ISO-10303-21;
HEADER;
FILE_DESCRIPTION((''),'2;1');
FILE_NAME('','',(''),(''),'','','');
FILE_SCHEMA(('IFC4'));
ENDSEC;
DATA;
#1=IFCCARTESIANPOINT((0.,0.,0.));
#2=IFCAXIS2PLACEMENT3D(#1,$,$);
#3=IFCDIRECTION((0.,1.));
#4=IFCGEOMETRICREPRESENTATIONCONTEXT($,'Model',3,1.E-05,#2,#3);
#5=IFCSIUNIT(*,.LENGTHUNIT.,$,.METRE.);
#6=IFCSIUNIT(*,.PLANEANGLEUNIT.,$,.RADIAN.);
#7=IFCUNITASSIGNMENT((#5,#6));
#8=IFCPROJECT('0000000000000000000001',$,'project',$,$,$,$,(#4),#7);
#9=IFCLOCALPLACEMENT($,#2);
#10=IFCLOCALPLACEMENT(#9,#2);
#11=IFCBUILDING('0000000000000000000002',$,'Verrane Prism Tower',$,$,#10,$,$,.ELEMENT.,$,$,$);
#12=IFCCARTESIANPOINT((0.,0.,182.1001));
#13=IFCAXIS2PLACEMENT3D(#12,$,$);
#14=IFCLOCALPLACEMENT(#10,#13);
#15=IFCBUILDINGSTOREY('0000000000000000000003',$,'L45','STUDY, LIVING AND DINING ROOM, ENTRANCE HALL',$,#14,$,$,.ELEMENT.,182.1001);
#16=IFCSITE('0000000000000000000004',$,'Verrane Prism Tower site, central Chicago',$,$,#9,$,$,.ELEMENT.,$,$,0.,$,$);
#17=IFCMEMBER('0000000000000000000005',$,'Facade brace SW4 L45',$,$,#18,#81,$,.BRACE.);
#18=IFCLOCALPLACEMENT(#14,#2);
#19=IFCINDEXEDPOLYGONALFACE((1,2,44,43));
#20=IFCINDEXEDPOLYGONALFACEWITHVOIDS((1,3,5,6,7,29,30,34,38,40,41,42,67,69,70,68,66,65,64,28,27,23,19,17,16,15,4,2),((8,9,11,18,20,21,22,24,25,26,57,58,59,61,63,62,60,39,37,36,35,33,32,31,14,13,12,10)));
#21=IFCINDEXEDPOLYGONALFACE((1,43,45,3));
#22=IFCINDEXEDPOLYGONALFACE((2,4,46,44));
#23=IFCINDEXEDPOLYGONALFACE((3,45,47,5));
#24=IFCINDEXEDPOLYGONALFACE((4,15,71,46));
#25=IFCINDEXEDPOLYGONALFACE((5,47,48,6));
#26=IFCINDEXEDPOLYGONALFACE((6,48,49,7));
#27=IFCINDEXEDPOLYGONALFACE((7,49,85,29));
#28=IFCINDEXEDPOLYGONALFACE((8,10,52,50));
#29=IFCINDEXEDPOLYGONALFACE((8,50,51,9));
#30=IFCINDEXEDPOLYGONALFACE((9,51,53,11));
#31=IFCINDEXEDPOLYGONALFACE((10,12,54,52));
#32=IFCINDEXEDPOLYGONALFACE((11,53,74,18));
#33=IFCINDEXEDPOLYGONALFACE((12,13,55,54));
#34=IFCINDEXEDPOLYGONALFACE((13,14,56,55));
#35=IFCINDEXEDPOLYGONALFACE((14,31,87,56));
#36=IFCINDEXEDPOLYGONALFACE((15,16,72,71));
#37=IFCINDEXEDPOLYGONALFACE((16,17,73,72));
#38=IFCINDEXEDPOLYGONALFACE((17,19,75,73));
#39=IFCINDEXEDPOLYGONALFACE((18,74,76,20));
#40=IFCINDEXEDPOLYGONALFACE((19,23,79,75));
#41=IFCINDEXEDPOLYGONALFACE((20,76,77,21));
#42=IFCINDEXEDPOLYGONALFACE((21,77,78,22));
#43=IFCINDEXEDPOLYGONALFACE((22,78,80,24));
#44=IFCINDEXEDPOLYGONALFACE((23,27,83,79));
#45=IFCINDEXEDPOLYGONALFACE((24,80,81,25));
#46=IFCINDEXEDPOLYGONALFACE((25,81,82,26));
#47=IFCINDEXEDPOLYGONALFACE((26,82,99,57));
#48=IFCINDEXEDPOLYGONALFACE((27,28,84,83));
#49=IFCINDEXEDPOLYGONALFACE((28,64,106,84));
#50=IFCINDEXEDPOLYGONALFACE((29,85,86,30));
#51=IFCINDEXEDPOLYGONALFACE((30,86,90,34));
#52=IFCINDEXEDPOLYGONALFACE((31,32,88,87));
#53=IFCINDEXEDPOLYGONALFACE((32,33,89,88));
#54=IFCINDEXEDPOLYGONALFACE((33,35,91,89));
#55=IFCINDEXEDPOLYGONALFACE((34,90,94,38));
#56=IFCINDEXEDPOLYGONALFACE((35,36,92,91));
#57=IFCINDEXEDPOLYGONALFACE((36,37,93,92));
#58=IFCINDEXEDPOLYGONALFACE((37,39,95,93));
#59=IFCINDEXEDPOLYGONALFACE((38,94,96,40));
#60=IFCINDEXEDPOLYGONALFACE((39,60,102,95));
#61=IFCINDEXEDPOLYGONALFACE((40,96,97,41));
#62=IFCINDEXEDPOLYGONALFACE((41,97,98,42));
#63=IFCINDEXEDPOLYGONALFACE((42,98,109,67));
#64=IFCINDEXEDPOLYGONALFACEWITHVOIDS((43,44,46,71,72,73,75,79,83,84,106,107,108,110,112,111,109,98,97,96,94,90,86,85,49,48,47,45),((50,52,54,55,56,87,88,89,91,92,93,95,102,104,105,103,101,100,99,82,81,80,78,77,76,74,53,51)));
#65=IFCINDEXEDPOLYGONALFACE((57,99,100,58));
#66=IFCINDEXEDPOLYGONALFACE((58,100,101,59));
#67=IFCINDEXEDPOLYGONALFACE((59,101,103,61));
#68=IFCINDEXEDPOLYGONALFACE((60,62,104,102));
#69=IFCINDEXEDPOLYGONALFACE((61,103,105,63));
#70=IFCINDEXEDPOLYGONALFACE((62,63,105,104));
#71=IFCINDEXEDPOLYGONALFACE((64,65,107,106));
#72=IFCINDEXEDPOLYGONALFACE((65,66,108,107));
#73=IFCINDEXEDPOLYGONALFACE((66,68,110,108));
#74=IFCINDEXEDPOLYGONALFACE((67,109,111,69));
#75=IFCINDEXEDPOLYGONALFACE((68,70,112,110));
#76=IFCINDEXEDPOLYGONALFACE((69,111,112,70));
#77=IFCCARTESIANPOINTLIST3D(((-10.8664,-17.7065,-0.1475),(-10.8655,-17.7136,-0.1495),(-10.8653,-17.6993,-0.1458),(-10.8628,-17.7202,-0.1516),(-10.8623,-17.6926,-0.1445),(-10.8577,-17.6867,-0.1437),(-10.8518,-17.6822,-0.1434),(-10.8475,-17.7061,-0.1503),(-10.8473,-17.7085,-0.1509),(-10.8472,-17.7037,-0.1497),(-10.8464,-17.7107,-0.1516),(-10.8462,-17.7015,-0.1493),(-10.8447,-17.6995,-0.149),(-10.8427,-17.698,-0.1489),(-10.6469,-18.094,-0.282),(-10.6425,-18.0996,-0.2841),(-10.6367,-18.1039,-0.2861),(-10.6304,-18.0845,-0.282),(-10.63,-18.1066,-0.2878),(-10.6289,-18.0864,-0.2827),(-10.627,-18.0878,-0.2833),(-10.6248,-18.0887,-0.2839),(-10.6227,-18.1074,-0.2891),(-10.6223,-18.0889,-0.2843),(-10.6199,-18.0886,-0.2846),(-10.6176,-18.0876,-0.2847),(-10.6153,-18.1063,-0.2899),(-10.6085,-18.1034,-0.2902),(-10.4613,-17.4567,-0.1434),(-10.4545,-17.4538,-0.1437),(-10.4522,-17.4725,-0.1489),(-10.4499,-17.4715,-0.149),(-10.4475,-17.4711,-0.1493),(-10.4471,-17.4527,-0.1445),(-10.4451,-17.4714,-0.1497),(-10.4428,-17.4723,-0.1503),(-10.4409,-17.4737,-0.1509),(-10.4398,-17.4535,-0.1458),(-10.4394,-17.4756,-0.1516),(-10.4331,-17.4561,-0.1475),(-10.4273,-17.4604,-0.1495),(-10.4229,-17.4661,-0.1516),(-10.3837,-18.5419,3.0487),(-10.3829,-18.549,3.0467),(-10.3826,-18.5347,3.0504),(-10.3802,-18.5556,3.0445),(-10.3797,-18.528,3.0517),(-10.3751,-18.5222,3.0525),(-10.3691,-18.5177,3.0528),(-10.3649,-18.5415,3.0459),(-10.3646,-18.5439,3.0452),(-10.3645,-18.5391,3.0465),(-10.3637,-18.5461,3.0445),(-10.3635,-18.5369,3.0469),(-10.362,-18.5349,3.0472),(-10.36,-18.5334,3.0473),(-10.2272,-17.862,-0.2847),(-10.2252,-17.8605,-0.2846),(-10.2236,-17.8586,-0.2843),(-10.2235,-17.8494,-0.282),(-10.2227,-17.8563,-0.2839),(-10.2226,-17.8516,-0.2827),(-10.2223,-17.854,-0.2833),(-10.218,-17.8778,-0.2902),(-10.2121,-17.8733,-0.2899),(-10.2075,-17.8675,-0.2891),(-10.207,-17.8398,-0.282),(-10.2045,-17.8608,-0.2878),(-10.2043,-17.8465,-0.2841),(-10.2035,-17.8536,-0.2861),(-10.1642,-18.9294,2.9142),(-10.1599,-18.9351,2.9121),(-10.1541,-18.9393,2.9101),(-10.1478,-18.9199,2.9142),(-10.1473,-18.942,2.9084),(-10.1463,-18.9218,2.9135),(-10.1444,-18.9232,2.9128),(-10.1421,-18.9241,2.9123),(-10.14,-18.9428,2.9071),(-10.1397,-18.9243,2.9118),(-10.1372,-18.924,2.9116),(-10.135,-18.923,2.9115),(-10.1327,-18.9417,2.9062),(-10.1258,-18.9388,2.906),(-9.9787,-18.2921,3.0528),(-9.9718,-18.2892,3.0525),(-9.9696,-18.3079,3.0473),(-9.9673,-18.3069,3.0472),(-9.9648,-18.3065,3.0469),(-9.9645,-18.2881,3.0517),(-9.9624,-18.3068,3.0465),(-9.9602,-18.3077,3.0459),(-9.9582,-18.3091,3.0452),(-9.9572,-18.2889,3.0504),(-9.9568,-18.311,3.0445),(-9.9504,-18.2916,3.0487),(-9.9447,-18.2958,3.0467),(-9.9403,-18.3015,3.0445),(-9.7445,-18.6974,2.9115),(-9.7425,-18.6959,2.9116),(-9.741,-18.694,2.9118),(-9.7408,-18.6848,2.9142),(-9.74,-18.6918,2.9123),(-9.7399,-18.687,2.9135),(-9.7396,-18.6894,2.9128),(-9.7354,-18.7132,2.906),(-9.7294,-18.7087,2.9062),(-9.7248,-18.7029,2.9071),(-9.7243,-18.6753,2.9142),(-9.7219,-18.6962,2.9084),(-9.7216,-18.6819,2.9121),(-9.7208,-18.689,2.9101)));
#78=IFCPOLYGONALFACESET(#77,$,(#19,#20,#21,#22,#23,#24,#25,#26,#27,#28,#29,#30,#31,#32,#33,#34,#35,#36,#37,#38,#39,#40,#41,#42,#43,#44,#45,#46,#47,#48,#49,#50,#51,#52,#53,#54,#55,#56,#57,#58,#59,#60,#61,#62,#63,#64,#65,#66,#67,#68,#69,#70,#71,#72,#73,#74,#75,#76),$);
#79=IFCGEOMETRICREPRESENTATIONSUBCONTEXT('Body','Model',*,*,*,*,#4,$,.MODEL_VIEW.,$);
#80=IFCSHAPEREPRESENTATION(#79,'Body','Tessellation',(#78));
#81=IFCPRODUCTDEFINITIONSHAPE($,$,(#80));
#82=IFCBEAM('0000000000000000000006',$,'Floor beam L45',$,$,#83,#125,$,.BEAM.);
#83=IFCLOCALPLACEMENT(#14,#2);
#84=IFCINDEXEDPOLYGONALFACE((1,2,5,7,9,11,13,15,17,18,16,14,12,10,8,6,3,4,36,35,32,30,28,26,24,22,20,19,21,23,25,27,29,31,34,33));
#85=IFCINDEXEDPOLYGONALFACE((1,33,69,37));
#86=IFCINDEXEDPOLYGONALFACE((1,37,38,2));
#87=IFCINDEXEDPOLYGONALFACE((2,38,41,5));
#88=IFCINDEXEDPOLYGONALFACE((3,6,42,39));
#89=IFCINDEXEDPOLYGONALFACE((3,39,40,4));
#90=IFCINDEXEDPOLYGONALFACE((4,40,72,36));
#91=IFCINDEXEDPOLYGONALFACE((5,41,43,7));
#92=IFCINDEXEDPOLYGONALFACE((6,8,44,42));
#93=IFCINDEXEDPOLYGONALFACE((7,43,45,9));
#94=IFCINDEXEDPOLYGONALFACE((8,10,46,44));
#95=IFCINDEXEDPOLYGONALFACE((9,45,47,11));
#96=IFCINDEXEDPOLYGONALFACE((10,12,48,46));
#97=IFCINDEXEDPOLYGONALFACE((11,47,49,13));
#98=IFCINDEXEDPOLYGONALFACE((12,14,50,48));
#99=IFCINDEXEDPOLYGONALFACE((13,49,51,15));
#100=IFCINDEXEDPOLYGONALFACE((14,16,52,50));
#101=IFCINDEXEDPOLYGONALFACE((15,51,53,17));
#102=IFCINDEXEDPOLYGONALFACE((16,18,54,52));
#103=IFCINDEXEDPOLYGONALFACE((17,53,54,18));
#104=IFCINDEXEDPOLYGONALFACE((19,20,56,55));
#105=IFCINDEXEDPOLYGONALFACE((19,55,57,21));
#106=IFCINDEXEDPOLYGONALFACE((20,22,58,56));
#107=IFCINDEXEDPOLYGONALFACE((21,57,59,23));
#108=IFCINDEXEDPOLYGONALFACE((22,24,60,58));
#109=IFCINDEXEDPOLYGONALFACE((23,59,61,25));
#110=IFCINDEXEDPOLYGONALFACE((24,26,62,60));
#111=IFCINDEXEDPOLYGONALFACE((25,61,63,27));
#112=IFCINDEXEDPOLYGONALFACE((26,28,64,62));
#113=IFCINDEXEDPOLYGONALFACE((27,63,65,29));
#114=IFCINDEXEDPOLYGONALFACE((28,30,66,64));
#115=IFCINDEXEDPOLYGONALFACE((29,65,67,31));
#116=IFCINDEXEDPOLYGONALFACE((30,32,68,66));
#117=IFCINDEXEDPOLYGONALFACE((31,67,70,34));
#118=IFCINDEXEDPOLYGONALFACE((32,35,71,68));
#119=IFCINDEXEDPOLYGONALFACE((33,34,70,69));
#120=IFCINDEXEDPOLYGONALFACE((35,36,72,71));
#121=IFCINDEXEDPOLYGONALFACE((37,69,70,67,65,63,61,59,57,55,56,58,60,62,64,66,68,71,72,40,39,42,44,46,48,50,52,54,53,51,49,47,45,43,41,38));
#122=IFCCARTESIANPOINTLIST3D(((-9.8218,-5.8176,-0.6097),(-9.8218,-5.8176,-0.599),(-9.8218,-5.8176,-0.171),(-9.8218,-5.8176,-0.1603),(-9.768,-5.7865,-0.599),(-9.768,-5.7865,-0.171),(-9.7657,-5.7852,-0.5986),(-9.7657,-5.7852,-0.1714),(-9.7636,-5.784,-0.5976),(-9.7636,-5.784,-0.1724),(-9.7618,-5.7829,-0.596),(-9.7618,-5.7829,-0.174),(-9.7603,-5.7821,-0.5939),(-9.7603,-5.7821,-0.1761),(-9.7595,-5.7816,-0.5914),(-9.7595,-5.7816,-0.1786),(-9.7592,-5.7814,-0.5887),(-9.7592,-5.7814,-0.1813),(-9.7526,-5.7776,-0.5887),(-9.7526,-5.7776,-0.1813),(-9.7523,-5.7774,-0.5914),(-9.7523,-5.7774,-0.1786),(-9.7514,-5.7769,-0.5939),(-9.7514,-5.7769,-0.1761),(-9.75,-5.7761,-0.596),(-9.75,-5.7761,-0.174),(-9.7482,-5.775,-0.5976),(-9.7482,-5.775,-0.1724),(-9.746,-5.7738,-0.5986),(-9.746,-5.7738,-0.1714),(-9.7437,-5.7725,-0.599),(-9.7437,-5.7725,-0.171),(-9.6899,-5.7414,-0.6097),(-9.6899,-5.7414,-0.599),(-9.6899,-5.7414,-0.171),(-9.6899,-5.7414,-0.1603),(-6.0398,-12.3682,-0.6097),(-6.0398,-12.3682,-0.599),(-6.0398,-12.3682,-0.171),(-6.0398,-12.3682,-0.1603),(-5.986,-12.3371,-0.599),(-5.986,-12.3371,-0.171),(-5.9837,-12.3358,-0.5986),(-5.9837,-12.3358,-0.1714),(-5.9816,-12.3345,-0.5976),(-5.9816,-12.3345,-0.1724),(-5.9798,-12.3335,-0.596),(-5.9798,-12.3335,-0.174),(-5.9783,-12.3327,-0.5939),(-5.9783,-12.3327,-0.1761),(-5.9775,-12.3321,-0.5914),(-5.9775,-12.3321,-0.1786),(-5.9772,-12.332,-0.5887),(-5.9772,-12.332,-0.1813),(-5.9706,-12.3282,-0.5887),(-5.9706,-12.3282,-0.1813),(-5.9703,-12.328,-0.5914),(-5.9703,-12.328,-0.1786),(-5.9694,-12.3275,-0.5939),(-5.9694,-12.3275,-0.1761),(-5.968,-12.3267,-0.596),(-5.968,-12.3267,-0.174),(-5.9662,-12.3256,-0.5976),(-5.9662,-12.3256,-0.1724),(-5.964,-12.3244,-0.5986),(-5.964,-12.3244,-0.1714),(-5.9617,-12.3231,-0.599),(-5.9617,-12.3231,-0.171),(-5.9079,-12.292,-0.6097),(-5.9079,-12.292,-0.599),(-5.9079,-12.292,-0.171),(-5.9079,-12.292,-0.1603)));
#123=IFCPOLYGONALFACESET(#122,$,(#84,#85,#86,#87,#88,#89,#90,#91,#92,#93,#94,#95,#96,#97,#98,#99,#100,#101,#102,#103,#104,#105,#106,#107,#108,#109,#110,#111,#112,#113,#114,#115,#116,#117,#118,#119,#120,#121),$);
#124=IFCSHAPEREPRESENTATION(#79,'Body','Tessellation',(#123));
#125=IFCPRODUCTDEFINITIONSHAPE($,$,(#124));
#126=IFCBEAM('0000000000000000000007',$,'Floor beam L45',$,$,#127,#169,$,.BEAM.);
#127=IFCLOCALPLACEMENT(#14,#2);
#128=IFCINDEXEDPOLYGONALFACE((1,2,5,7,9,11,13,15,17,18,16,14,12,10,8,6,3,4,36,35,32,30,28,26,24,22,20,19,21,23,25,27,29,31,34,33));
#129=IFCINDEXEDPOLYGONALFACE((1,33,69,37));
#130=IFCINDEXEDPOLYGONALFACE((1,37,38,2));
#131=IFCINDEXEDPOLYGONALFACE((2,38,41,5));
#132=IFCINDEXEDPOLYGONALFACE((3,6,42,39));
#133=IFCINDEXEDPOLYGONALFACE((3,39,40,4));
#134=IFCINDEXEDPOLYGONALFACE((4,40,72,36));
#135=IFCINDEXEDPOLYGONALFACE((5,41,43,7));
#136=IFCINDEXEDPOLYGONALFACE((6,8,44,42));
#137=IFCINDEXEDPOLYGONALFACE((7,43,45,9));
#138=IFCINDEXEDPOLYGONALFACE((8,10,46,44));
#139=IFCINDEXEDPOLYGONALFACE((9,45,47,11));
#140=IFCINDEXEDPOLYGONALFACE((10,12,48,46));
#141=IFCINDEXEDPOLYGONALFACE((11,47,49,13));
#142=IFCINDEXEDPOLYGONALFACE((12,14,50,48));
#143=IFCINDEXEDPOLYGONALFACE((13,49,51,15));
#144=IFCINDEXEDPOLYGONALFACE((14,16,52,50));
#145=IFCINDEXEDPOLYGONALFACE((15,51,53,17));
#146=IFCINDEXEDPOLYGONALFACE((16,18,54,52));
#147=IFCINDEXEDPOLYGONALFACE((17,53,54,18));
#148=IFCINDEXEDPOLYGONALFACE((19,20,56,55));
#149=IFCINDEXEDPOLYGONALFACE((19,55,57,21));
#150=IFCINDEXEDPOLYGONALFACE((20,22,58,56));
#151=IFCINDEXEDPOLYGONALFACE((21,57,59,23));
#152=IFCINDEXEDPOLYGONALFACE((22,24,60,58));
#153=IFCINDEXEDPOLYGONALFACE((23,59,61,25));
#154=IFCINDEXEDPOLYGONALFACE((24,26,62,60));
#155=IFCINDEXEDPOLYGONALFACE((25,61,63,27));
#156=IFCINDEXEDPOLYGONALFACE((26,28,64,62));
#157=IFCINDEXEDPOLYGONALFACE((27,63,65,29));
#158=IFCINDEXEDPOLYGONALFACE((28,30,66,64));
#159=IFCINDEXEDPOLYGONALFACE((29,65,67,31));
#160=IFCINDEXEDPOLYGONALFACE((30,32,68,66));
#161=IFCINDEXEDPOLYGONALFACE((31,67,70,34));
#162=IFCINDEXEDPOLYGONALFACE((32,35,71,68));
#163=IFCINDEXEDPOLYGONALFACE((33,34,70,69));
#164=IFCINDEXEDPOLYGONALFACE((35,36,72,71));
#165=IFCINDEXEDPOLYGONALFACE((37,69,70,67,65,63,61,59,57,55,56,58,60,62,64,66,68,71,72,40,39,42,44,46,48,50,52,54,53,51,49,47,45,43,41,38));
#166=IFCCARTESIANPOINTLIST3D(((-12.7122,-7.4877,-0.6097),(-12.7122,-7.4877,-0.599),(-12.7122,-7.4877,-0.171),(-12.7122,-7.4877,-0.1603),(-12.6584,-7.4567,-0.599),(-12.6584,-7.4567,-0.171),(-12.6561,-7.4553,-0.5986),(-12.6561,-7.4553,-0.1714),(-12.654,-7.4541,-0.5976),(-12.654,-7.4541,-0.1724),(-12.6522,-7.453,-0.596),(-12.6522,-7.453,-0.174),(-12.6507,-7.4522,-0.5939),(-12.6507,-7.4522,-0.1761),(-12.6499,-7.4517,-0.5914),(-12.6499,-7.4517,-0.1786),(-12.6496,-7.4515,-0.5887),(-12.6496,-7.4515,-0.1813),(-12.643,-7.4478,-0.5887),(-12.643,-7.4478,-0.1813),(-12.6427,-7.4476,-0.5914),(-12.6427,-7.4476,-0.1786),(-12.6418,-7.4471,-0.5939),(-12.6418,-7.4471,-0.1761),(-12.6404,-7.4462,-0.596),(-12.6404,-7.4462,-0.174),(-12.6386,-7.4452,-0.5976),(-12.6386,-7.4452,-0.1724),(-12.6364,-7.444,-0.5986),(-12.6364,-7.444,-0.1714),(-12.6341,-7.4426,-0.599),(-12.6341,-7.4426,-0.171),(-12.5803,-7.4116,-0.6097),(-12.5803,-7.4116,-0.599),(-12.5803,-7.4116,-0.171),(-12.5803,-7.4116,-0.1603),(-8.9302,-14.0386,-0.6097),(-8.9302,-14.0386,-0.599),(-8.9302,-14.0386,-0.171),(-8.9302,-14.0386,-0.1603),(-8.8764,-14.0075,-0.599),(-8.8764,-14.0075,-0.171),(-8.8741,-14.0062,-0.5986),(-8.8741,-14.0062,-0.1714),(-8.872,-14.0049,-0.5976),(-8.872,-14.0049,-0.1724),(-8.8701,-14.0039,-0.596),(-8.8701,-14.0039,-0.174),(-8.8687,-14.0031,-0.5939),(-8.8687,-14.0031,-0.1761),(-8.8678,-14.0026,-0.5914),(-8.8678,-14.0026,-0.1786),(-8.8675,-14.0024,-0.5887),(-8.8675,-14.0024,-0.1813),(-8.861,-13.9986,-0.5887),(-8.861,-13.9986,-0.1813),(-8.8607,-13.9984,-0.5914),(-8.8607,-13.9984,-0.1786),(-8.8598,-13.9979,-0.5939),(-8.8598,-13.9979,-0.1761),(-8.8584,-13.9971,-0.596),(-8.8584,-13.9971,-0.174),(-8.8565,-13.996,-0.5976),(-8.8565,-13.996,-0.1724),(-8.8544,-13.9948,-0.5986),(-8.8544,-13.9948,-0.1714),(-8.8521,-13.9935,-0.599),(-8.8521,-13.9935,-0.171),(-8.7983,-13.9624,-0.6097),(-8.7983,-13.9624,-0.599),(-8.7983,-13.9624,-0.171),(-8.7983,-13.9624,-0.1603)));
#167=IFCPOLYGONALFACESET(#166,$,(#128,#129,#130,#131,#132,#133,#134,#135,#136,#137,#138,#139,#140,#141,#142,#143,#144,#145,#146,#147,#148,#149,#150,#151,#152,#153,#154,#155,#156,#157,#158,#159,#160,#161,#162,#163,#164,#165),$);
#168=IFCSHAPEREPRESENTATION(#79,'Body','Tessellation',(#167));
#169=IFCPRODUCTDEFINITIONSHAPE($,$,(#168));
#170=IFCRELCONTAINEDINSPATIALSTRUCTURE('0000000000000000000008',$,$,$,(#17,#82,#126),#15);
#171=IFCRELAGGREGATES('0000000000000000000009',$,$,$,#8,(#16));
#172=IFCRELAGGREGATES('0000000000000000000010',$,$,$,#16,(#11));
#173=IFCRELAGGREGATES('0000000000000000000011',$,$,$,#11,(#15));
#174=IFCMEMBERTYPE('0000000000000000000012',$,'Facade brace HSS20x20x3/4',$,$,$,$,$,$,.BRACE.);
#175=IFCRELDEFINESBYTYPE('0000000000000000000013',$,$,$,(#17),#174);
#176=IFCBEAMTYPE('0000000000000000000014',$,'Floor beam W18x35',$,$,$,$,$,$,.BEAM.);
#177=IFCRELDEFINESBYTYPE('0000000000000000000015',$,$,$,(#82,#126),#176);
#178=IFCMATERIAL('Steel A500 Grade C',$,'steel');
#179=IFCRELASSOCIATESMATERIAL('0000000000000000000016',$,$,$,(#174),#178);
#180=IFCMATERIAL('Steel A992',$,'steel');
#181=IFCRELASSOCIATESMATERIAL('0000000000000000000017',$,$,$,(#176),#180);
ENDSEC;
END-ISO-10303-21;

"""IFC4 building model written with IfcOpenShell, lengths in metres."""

from ifc_helpers import new_model, si_unit, direction, frame, origin, origin_2d, place, context, subcontext, project, spatial, hollow_rectangle, i_section, extrude, material, material_profile, profile_set, type_object, element, save


model = new_model("IFC4")

# Units and contexts
model_context = context("Model", 3, precision=1e-05, world=origin(), true_north=direction((0.0, 1.0)))
body_context = subcontext(model_context, "Body", "Model", "MODEL_VIEW")
ifc_project = project(units=[si_unit("LENGTHUNIT", "METRE"), si_unit("PLANEANGLEUNIT", "RADIAN")], contexts=[model_context])

# Site, building, storey
site_placement = place(None, origin())
site = spatial("IfcSite", under=ifc_project, at=site_placement, Name="Verrane Prism Tower site, central Chicago", CompositionType="ELEMENT", RefElevation=0.0)
building_placement = place(site_placement, origin())
building = spatial("IfcBuilding", under=site, at=building_placement, Name="Verrane Prism Tower", CompositionType="ELEMENT")
storey_placement = place(building_placement, frame((0.0, 0.0, 182.1001)))
storey = spatial("IfcBuildingStorey", under=building, at=storey_placement, Name="L45", Description="STUDY, LIVING AND DINING ROOM, ENTRANCE HALL", CompositionType="ELEMENT", Elevation=182.1001)

# Member
ifc_material_1 = material(Name="Steel A500 Grade C", Category="steel")
ifc_material_profile_1 = material_profile(ifc_material_1, hollow_rectangle(XDim=0.5081, YDim=0.5081, WallThickness=0.019, InnerFilletRadius=0.0095, OuterFilletRadius=0.0286, at=origin_2d()), Name="HSS20x20x3/4")
ifc_profile_set_1 = profile_set([ifc_material_profile_1], Name="Steel A500 Grade C")
member_type_1 = type_object("IfcMemberType", Name="Facade brace HSS20x20x3/4", PredefinedType="BRACE", material=ifc_profile_set_1)
for number, where, z_axis, x_axis, name in (
    (1, (-10.5349, -17.78, -0.2168), (0.144565, -0.250229, 0.957333), (0.865882, 0.500248, 0.0), "Facade brace SW4 L45"),
):
    element("IfcMember", number, at=place(storey_placement, frame(where, z_axis=z_axis, x_axis=x_axis)), inside=storey, type_object=member_type_1, Name=name, PredefinedType="BRACE", context=body_context, shape_type="SweptSolid", body=[
        extrude(hollow_rectangle(XDim=0.5081, YDim=0.5081, WallThickness=0.019, InnerFilletRadius=0.0095, OuterFilletRadius=0.0286, at=origin_2d()), origin(), (0.0, 0.0, 1.0), 3.3386),
    ])

# Beams
ifc_material_2 = material(Name="Steel A992", Category="steel")
ifc_material_profile_2 = material_profile(ifc_material_2, i_section(OverallWidth=0.1523, OverallDepth=0.4495, WebThickness=0.0076, FlangeThickness=0.0107, FilletRadius=0.0103, at=origin_2d()), Name="W18x35")
ifc_profile_set_2 = profile_set([ifc_material_profile_2], Name="Steel A992")
beam_type_1 = type_object("IfcBeamType", Name="Floor beam W18x35", PredefinedType="BEAM", material=ifc_profile_set_2)
beam_1_placement = place(storey_placement, frame((-5.9739, -12.3301, -0.385), z_axis=(-0.500003, 0.866024, 0.0), x_axis=(-0.866024, -0.500003, 0.0)))
element("IfcBeam", 2, at=beam_1_placement, inside=storey, type_object=beam_type_1, Name="Floor beam L45", PredefinedType="BEAM", context=body_context, shape_type="SweptSolid", body=[
    extrude(i_section(OverallWidth=0.1523, OverallDepth=0.4495, WebThickness=0.0076, FlangeThickness=0.0107, FilletRadius=0.0103, at=origin_2d()), origin(), (0.0, 0.0, 1.0), 7.564),
])
beam_2_placement = place(storey_placement, frame((-8.8643, -14.0005, -0.385), z_axis=(-0.499989, 0.866032, 0.0), x_axis=(-0.866032, -0.499989, 0.0)))
element("IfcBeam", 3, at=beam_2_placement, inside=storey, type_object=beam_type_1, Name="Floor beam L45", PredefinedType="BEAM", context=body_context, shape_type="SweptSolid", body=[
    extrude(i_section(OverallWidth=0.1523, OverallDepth=0.4495, WebThickness=0.0076, FlangeThickness=0.0107, FilletRadius=0.0103, at=origin_2d()), origin(), (0.0, 0.0, 1.0), 7.5642),
])

save(model, "model.ifc")
